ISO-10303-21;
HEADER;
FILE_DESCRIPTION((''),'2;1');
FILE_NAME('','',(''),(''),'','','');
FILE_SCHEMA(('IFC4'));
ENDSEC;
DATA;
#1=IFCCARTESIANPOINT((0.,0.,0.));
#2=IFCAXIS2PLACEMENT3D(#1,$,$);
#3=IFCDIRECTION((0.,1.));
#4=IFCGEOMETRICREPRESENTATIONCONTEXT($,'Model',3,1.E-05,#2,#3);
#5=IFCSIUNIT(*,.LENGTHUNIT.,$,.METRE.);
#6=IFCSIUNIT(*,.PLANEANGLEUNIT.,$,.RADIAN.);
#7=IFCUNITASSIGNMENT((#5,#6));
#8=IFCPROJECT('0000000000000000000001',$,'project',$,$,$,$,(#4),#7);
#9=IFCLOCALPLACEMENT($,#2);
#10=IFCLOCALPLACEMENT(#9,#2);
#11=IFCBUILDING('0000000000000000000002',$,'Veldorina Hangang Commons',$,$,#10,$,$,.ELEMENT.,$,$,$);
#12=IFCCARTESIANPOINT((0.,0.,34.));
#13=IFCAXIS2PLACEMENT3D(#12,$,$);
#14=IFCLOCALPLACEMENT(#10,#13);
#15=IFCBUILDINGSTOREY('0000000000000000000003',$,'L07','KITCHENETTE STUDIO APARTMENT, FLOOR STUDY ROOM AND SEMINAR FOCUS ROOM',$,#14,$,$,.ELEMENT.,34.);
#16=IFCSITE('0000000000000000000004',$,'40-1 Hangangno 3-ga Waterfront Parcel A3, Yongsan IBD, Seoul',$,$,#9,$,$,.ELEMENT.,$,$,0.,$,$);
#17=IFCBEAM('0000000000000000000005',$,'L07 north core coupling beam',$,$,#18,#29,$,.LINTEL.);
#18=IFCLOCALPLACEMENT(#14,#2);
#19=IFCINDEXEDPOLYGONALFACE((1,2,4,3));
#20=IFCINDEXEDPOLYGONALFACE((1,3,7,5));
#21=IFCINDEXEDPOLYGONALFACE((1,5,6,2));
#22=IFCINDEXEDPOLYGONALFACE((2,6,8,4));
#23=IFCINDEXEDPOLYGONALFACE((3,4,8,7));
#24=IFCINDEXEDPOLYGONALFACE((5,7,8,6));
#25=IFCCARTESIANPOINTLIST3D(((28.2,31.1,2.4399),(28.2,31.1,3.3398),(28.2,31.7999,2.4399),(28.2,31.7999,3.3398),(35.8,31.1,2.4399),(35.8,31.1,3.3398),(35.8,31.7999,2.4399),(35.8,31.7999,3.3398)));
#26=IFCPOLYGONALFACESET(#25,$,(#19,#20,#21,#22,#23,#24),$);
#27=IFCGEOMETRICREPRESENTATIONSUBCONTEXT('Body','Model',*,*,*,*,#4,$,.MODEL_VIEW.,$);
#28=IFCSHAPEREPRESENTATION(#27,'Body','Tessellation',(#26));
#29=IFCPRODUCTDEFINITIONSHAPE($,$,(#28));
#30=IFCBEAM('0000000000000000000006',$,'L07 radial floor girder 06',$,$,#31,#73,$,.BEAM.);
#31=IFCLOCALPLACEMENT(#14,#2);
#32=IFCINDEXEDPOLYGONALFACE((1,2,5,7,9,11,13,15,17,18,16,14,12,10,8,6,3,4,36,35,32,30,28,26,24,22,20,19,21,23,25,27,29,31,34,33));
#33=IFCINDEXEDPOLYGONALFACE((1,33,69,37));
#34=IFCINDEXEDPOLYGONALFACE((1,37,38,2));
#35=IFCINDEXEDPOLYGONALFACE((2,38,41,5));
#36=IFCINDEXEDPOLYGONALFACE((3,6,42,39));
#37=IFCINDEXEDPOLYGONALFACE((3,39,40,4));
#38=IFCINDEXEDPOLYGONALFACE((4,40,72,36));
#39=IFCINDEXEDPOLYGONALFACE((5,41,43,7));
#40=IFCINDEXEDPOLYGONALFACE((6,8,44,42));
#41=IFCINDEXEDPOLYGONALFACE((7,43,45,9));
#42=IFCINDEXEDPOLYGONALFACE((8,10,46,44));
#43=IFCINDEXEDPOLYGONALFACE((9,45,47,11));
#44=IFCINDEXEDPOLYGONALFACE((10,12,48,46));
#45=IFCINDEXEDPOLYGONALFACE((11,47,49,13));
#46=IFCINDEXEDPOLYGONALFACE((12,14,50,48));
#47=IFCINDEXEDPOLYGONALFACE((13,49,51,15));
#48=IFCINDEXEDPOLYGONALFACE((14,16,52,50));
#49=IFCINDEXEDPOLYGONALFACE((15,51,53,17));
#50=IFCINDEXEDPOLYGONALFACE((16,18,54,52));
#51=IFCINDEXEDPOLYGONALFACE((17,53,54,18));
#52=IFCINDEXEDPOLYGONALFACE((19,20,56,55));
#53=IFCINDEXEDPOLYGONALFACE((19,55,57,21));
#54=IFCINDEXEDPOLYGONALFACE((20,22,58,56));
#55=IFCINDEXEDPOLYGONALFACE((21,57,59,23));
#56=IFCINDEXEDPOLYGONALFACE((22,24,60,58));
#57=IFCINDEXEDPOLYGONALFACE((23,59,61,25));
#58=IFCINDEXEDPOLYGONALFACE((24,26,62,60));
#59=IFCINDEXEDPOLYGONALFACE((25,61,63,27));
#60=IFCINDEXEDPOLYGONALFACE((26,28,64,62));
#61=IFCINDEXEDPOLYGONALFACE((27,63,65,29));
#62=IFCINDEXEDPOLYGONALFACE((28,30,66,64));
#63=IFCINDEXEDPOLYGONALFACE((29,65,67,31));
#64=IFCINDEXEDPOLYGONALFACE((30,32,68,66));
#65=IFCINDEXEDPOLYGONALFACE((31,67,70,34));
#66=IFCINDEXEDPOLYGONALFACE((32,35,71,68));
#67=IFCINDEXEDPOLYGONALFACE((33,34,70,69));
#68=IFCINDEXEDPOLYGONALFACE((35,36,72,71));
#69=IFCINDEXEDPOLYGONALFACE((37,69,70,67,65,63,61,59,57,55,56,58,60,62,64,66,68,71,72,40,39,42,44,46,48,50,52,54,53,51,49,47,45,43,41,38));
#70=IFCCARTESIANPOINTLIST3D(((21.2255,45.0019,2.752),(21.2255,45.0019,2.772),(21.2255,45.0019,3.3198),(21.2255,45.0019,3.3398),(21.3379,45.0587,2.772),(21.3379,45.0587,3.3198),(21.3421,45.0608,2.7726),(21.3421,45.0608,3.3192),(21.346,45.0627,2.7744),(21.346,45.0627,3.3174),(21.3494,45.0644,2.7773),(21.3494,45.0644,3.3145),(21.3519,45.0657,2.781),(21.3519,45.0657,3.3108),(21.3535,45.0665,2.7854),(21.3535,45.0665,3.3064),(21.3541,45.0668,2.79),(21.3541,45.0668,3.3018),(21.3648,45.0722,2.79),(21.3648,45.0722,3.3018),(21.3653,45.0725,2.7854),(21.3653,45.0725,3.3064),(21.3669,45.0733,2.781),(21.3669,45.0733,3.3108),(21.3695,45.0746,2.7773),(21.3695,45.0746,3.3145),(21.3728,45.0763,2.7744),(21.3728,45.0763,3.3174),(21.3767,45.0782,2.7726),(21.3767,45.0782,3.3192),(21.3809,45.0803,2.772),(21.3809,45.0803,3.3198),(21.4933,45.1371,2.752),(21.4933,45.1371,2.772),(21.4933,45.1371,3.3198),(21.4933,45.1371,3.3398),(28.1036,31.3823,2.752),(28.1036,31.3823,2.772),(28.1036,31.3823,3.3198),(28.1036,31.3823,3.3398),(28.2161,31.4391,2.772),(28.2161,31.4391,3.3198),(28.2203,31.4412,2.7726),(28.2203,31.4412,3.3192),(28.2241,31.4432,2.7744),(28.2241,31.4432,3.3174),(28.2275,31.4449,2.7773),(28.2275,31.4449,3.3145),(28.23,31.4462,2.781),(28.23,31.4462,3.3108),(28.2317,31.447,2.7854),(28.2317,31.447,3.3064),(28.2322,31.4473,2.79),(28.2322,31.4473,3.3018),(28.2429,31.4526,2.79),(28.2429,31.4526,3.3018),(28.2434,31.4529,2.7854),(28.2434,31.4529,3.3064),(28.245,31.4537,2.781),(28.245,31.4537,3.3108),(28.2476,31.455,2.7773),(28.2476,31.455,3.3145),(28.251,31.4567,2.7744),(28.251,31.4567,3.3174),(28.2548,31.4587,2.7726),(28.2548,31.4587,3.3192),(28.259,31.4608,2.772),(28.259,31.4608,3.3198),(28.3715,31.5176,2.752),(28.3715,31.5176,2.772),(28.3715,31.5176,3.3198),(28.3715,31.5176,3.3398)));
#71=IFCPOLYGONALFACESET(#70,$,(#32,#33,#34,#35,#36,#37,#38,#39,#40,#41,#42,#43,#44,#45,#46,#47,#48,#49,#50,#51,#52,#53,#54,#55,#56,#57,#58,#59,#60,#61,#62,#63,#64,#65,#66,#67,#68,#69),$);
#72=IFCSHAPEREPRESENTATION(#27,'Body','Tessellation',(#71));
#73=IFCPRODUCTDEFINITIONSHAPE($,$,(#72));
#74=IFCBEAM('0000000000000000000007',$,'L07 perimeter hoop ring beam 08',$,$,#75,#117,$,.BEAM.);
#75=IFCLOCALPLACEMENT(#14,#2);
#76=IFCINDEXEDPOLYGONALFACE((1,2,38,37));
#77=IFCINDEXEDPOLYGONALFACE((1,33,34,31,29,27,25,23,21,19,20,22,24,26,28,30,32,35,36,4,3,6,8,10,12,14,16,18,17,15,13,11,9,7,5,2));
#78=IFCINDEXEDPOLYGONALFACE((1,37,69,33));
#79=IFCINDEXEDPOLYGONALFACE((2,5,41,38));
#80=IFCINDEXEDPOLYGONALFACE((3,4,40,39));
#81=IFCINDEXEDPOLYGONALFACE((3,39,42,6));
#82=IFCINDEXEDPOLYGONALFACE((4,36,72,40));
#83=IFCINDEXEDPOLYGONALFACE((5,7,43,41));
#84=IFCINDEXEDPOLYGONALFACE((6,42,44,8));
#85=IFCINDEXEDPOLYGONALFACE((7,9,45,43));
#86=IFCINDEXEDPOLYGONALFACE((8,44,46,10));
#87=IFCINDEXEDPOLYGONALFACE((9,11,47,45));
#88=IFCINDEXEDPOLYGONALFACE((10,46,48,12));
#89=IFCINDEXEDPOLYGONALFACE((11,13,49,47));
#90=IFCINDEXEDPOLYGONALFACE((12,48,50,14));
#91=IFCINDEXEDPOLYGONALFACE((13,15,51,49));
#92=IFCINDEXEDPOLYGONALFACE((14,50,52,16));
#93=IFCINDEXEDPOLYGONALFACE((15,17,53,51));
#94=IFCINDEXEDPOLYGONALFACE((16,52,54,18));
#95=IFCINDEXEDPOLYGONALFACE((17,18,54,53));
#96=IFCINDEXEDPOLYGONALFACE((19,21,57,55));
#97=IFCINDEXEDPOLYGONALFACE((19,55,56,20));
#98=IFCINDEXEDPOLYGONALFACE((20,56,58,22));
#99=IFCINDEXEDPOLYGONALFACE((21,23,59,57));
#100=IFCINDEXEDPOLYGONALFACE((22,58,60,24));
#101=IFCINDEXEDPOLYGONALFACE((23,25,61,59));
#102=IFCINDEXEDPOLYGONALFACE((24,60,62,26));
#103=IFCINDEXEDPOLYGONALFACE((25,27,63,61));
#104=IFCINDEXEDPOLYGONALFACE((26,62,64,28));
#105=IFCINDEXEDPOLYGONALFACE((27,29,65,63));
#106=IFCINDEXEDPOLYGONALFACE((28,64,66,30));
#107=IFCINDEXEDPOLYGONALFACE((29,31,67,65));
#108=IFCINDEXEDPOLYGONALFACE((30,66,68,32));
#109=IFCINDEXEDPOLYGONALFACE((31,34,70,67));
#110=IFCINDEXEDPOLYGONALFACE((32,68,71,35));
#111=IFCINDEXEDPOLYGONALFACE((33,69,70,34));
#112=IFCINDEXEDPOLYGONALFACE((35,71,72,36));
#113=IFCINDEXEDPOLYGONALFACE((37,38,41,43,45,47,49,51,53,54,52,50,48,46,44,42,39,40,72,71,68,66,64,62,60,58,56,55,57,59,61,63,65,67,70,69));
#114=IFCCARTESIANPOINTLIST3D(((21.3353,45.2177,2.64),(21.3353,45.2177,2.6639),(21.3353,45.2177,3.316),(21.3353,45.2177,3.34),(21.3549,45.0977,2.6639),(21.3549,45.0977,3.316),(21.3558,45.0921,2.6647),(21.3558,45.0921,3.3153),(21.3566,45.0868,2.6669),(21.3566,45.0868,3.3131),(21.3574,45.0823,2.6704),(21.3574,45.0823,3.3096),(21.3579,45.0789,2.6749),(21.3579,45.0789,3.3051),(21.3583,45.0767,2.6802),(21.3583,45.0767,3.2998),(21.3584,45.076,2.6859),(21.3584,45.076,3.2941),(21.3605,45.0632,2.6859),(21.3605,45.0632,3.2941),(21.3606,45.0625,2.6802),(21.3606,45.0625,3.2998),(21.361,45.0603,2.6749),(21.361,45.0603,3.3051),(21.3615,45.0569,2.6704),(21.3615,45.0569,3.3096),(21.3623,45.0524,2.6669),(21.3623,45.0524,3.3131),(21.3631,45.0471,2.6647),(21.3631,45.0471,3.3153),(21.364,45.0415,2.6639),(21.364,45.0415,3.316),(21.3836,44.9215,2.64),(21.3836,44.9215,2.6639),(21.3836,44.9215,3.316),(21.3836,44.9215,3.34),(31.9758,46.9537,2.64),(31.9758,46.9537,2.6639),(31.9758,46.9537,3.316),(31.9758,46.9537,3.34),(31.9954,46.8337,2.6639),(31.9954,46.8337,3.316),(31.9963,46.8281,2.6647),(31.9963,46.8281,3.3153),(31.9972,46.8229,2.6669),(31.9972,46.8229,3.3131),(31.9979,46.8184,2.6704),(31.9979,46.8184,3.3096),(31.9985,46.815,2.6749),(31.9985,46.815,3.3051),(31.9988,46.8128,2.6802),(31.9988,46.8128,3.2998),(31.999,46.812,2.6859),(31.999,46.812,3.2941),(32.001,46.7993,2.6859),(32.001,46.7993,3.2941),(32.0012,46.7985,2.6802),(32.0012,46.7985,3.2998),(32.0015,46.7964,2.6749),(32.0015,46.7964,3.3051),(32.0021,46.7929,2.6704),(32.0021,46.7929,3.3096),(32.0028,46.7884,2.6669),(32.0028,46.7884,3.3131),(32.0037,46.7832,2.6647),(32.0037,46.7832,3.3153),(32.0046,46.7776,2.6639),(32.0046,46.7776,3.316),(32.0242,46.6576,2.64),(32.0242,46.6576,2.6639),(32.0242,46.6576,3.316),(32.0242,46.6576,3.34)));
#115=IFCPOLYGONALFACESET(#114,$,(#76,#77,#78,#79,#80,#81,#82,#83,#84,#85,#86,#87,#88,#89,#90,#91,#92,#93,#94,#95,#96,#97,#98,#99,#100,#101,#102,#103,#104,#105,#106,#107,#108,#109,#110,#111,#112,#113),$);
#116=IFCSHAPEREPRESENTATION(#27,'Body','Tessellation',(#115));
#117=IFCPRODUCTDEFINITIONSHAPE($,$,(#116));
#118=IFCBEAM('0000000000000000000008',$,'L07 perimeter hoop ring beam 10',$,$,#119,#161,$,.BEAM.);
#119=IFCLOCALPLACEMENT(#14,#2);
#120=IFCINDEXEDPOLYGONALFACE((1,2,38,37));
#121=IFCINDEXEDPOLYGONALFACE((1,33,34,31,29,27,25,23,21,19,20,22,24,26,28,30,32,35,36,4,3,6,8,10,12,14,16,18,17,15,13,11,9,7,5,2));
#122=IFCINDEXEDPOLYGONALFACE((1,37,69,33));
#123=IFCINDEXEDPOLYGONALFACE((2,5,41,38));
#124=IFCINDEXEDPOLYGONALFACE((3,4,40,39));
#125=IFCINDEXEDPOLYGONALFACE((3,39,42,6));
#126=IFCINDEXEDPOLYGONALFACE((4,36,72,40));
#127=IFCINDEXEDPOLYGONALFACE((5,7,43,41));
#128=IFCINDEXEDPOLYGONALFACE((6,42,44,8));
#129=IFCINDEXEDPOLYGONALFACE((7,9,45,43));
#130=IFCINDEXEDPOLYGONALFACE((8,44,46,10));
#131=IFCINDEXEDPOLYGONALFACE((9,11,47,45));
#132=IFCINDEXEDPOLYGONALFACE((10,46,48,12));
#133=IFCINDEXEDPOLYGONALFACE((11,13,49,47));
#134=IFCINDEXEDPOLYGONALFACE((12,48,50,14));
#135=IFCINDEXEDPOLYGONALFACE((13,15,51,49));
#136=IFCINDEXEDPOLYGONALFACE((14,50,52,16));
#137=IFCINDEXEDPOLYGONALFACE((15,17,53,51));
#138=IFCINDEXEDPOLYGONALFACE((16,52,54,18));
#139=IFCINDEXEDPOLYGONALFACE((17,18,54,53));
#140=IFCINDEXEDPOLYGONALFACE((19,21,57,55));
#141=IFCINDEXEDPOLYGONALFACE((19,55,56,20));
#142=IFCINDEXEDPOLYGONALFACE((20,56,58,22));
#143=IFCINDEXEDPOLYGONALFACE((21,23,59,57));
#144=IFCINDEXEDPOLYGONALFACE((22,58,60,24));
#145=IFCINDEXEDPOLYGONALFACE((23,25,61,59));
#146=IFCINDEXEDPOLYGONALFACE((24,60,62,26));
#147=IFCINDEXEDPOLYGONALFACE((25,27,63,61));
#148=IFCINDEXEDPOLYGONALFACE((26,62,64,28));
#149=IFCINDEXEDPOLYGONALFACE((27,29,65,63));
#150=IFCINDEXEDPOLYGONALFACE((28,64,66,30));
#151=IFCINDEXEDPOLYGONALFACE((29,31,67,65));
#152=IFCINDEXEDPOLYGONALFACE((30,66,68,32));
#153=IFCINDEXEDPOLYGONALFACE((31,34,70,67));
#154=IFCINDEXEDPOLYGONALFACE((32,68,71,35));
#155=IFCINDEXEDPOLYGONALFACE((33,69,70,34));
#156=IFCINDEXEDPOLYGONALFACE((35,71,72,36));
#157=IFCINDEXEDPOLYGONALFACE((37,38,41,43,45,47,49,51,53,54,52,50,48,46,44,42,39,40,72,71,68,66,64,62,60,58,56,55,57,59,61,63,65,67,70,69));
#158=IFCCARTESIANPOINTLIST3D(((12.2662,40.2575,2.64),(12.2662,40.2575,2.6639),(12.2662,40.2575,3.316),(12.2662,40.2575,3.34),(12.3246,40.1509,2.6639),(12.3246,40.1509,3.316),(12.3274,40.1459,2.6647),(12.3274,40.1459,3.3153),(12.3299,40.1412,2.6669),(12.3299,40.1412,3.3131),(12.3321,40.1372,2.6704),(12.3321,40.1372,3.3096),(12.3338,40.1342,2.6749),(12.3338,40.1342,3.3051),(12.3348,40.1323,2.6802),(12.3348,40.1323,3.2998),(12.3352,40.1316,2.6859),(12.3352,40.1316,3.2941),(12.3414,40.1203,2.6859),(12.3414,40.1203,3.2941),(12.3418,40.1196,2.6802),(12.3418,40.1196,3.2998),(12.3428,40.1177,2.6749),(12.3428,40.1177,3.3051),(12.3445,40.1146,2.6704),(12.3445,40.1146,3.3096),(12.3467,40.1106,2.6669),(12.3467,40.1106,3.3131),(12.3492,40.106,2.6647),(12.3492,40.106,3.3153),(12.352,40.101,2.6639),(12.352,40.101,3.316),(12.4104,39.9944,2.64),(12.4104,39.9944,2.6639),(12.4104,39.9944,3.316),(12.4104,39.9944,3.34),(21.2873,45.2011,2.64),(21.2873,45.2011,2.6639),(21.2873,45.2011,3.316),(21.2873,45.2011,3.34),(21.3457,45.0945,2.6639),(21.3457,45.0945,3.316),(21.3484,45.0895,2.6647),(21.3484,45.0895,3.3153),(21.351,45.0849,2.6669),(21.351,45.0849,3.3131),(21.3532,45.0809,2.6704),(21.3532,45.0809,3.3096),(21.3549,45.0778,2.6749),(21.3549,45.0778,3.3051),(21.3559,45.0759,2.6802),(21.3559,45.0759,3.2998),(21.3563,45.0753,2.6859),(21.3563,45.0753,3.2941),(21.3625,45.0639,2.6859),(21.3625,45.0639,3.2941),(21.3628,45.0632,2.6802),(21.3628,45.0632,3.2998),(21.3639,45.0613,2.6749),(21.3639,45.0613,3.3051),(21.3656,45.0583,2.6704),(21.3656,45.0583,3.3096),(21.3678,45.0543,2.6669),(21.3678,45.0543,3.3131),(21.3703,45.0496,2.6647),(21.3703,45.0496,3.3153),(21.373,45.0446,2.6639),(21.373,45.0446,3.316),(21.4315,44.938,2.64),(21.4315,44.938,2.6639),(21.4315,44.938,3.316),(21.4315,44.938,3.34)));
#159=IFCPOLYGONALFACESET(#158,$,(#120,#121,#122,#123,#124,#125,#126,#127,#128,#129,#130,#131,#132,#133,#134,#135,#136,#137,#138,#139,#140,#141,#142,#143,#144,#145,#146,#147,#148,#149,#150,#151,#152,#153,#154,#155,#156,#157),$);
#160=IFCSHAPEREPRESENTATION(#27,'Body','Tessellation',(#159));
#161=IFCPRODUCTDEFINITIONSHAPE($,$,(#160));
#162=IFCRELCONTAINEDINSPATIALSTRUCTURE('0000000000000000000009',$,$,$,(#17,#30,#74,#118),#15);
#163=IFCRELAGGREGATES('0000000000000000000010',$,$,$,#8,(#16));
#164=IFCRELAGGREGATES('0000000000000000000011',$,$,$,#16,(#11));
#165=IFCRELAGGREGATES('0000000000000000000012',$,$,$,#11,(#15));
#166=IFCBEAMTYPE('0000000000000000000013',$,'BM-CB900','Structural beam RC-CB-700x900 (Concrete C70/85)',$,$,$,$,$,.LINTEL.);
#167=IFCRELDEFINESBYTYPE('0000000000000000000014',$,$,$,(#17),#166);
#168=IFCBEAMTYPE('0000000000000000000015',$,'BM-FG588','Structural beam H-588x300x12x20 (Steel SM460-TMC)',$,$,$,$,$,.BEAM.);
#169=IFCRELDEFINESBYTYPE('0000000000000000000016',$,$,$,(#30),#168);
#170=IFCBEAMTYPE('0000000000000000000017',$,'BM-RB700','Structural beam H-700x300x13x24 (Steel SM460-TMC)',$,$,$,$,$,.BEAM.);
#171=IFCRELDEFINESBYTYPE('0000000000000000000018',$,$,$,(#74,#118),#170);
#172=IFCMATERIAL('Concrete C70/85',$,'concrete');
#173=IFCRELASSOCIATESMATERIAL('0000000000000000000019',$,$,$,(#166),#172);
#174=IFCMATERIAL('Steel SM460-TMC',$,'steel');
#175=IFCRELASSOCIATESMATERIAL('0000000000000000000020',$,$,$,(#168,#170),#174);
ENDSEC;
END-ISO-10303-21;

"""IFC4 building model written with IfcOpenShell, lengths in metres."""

from ifc_helpers import new_model, si_unit, direction, frame, origin, origin_2d, place, context, subcontext, project, spatial, rectangle, i_section, extrude, material, material_profile, profile_set, type_object, element, save


model = new_model("IFC4")

# Units and contexts
model_context = context("Model", 3, precision=1e-05, world=origin(), true_north=direction((0.0, 1.0)))
body_context = subcontext(model_context, "Body", "Model", "MODEL_VIEW")
ifc_project = project(units=[si_unit("LENGTHUNIT", "METRE"), si_unit("PLANEANGLEUNIT", "RADIAN")], contexts=[model_context])

# Site, building, storey
site_placement = place(None, origin())
site = spatial("IfcSite", under=ifc_project, at=site_placement, Name="40-1 Hangangno 3-ga Waterfront Parcel A3, Yongsan IBD, Seoul", CompositionType="ELEMENT", RefElevation=0.0)
building_placement = place(site_placement, origin())
building = spatial("IfcBuilding", under=site, at=building_placement, Name="Veldorina Hangang Commons", CompositionType="ELEMENT")
storey_placement = place(building_placement, frame((0.0, 0.0, 34.0)))
storey = spatial("IfcBuildingStorey", under=building, at=storey_placement, Name="L07", Description="KITCHENETTE STUDIO APARTMENT, FLOOR STUDY ROOM AND SEMINAR FOCUS ROOM", CompositionType="ELEMENT", Elevation=34.0)

# Beams
ifc_material_1 = material(Name="Concrete C70/85", Category="concrete")
ifc_material_profile_1 = material_profile(ifc_material_1, rectangle(XDim=0.7, YDim=0.8999, at=origin_2d()), Name="RC-CB-700x900")
ifc_profile_set_1 = profile_set([ifc_material_profile_1], Name="Concrete C70/85")
beam_type_1 = type_object("IfcBeamType", Name="BM-CB900", Description="Structural beam RC-CB-700x900 (Concrete C70/85)", PredefinedType="LINTEL", material=ifc_profile_set_1)
beam_1_placement = place(storey_placement, frame((28.2, 31.45, 2.8899), z_axis=(1.0, 0.0, 0.0), x_axis=(0.0, 1.0, 0.0)))
element("IfcBeam", 1, at=beam_1_placement, inside=storey, type_object=beam_type_1, Name="L07 north core coupling beam", PredefinedType="LINTEL", context=body_context, shape_type="SweptSolid", body=[
    extrude(rectangle(XDim=0.7, YDim=0.8999, at=origin_2d()), origin(), (0.0, 0.0, 1.0), 7.6001),
])
ifc_material_2 = material(Name="Steel SM460-TMC", Category="steel")
ifc_material_profile_2 = material_profile(ifc_material_2, i_section(OverallWidth=0.3, OverallDepth=0.5879, WebThickness=0.012, FlangeThickness=0.02, FilletRadius=0.0181, at=origin_2d()), Name="H-588x300x12x20")
ifc_profile_set_2 = profile_set([ifc_material_profile_2], Name="Steel SM460-TMC")
beam_type_2 = type_object("IfcBeamType", Name="BM-FG588", Description="Structural beam H-588x300x12x20 (Steel SM460-TMC)", PredefinedType="BEAM", material=ifc_profile_set_2)
beam_2_placement = place(storey_placement, frame((28.2375, 31.45, 3.0459), z_axis=(-0.450794, 0.892628, 0.0), x_axis=(-0.892628, -0.450794, 0.0)))
element("IfcBeam", 2, at=beam_2_placement, inside=storey, type_object=beam_type_2, Name="L07 radial floor girder 06", PredefinedType="BEAM", context=body_context, shape_type="SweptSolid", body=[
    extrude(i_section(OverallWidth=0.3, OverallDepth=0.5879, WebThickness=0.012, FlangeThickness=0.02, FilletRadius=0.0181, at=origin_2d()), origin(), (0.0, 0.0, 1.0), 15.2578),
])
ifc_material_profile_3 = material_profile(ifc_material_2, i_section(OverallWidth=0.3, OverallDepth=0.7, WebThickness=0.0129, FlangeThickness=0.0239, FilletRadius=0.022, at=origin_2d()), Name="H-700x300x13x24")
ifc_profile_set_3 = profile_set([ifc_material_profile_3], Name="Steel SM460-TMC")
beam_type_3 = type_object("IfcBeamType", Name="BM-RB700", Description="Structural beam H-700x300x13x24 (Steel SM460-TMC)", PredefinedType="BEAM", material=ifc_profile_set_3)
beam_3_placement = place(storey_placement, frame((32.0, 46.8057, 2.99), z_axis=(-0.98695, -0.161027, 0.0), x_axis=(0.161027, -0.98695, 0.0)))
element("IfcBeam", 3, at=beam_3_placement, inside=storey, type_object=beam_type_3, Name="L07 perimeter hoop ring beam 08", PredefinedType="BEAM", context=body_context, shape_type="SweptSolid", body=[
    extrude(i_section(OverallWidth=0.3, OverallDepth=0.7, WebThickness=0.0129, FlangeThickness=0.0239, FilletRadius=0.022, at=origin_2d()), origin(), (0.0, 0.0, 1.0), 10.7812),
])
beam_4_placement = place(storey_placement, frame((21.3594, 45.0696, 2.99), z_axis=(-0.876951, -0.480579, 0.0), x_axis=(0.480579, -0.876951, 0.0)))
element("IfcBeam", 4, at=beam_4_placement, inside=storey, type_object=beam_type_3, Name="L07 perimeter hoop ring beam 10", PredefinedType="BEAM", context=body_context, shape_type="SweptSolid", body=[
    extrude(i_section(OverallWidth=0.3, OverallDepth=0.7, WebThickness=0.0129, FlangeThickness=0.0239, FilletRadius=0.022, at=origin_2d()), origin(), (0.0, 0.0, 1.0), 10.2869),
])

save(model, "model.ifc")
